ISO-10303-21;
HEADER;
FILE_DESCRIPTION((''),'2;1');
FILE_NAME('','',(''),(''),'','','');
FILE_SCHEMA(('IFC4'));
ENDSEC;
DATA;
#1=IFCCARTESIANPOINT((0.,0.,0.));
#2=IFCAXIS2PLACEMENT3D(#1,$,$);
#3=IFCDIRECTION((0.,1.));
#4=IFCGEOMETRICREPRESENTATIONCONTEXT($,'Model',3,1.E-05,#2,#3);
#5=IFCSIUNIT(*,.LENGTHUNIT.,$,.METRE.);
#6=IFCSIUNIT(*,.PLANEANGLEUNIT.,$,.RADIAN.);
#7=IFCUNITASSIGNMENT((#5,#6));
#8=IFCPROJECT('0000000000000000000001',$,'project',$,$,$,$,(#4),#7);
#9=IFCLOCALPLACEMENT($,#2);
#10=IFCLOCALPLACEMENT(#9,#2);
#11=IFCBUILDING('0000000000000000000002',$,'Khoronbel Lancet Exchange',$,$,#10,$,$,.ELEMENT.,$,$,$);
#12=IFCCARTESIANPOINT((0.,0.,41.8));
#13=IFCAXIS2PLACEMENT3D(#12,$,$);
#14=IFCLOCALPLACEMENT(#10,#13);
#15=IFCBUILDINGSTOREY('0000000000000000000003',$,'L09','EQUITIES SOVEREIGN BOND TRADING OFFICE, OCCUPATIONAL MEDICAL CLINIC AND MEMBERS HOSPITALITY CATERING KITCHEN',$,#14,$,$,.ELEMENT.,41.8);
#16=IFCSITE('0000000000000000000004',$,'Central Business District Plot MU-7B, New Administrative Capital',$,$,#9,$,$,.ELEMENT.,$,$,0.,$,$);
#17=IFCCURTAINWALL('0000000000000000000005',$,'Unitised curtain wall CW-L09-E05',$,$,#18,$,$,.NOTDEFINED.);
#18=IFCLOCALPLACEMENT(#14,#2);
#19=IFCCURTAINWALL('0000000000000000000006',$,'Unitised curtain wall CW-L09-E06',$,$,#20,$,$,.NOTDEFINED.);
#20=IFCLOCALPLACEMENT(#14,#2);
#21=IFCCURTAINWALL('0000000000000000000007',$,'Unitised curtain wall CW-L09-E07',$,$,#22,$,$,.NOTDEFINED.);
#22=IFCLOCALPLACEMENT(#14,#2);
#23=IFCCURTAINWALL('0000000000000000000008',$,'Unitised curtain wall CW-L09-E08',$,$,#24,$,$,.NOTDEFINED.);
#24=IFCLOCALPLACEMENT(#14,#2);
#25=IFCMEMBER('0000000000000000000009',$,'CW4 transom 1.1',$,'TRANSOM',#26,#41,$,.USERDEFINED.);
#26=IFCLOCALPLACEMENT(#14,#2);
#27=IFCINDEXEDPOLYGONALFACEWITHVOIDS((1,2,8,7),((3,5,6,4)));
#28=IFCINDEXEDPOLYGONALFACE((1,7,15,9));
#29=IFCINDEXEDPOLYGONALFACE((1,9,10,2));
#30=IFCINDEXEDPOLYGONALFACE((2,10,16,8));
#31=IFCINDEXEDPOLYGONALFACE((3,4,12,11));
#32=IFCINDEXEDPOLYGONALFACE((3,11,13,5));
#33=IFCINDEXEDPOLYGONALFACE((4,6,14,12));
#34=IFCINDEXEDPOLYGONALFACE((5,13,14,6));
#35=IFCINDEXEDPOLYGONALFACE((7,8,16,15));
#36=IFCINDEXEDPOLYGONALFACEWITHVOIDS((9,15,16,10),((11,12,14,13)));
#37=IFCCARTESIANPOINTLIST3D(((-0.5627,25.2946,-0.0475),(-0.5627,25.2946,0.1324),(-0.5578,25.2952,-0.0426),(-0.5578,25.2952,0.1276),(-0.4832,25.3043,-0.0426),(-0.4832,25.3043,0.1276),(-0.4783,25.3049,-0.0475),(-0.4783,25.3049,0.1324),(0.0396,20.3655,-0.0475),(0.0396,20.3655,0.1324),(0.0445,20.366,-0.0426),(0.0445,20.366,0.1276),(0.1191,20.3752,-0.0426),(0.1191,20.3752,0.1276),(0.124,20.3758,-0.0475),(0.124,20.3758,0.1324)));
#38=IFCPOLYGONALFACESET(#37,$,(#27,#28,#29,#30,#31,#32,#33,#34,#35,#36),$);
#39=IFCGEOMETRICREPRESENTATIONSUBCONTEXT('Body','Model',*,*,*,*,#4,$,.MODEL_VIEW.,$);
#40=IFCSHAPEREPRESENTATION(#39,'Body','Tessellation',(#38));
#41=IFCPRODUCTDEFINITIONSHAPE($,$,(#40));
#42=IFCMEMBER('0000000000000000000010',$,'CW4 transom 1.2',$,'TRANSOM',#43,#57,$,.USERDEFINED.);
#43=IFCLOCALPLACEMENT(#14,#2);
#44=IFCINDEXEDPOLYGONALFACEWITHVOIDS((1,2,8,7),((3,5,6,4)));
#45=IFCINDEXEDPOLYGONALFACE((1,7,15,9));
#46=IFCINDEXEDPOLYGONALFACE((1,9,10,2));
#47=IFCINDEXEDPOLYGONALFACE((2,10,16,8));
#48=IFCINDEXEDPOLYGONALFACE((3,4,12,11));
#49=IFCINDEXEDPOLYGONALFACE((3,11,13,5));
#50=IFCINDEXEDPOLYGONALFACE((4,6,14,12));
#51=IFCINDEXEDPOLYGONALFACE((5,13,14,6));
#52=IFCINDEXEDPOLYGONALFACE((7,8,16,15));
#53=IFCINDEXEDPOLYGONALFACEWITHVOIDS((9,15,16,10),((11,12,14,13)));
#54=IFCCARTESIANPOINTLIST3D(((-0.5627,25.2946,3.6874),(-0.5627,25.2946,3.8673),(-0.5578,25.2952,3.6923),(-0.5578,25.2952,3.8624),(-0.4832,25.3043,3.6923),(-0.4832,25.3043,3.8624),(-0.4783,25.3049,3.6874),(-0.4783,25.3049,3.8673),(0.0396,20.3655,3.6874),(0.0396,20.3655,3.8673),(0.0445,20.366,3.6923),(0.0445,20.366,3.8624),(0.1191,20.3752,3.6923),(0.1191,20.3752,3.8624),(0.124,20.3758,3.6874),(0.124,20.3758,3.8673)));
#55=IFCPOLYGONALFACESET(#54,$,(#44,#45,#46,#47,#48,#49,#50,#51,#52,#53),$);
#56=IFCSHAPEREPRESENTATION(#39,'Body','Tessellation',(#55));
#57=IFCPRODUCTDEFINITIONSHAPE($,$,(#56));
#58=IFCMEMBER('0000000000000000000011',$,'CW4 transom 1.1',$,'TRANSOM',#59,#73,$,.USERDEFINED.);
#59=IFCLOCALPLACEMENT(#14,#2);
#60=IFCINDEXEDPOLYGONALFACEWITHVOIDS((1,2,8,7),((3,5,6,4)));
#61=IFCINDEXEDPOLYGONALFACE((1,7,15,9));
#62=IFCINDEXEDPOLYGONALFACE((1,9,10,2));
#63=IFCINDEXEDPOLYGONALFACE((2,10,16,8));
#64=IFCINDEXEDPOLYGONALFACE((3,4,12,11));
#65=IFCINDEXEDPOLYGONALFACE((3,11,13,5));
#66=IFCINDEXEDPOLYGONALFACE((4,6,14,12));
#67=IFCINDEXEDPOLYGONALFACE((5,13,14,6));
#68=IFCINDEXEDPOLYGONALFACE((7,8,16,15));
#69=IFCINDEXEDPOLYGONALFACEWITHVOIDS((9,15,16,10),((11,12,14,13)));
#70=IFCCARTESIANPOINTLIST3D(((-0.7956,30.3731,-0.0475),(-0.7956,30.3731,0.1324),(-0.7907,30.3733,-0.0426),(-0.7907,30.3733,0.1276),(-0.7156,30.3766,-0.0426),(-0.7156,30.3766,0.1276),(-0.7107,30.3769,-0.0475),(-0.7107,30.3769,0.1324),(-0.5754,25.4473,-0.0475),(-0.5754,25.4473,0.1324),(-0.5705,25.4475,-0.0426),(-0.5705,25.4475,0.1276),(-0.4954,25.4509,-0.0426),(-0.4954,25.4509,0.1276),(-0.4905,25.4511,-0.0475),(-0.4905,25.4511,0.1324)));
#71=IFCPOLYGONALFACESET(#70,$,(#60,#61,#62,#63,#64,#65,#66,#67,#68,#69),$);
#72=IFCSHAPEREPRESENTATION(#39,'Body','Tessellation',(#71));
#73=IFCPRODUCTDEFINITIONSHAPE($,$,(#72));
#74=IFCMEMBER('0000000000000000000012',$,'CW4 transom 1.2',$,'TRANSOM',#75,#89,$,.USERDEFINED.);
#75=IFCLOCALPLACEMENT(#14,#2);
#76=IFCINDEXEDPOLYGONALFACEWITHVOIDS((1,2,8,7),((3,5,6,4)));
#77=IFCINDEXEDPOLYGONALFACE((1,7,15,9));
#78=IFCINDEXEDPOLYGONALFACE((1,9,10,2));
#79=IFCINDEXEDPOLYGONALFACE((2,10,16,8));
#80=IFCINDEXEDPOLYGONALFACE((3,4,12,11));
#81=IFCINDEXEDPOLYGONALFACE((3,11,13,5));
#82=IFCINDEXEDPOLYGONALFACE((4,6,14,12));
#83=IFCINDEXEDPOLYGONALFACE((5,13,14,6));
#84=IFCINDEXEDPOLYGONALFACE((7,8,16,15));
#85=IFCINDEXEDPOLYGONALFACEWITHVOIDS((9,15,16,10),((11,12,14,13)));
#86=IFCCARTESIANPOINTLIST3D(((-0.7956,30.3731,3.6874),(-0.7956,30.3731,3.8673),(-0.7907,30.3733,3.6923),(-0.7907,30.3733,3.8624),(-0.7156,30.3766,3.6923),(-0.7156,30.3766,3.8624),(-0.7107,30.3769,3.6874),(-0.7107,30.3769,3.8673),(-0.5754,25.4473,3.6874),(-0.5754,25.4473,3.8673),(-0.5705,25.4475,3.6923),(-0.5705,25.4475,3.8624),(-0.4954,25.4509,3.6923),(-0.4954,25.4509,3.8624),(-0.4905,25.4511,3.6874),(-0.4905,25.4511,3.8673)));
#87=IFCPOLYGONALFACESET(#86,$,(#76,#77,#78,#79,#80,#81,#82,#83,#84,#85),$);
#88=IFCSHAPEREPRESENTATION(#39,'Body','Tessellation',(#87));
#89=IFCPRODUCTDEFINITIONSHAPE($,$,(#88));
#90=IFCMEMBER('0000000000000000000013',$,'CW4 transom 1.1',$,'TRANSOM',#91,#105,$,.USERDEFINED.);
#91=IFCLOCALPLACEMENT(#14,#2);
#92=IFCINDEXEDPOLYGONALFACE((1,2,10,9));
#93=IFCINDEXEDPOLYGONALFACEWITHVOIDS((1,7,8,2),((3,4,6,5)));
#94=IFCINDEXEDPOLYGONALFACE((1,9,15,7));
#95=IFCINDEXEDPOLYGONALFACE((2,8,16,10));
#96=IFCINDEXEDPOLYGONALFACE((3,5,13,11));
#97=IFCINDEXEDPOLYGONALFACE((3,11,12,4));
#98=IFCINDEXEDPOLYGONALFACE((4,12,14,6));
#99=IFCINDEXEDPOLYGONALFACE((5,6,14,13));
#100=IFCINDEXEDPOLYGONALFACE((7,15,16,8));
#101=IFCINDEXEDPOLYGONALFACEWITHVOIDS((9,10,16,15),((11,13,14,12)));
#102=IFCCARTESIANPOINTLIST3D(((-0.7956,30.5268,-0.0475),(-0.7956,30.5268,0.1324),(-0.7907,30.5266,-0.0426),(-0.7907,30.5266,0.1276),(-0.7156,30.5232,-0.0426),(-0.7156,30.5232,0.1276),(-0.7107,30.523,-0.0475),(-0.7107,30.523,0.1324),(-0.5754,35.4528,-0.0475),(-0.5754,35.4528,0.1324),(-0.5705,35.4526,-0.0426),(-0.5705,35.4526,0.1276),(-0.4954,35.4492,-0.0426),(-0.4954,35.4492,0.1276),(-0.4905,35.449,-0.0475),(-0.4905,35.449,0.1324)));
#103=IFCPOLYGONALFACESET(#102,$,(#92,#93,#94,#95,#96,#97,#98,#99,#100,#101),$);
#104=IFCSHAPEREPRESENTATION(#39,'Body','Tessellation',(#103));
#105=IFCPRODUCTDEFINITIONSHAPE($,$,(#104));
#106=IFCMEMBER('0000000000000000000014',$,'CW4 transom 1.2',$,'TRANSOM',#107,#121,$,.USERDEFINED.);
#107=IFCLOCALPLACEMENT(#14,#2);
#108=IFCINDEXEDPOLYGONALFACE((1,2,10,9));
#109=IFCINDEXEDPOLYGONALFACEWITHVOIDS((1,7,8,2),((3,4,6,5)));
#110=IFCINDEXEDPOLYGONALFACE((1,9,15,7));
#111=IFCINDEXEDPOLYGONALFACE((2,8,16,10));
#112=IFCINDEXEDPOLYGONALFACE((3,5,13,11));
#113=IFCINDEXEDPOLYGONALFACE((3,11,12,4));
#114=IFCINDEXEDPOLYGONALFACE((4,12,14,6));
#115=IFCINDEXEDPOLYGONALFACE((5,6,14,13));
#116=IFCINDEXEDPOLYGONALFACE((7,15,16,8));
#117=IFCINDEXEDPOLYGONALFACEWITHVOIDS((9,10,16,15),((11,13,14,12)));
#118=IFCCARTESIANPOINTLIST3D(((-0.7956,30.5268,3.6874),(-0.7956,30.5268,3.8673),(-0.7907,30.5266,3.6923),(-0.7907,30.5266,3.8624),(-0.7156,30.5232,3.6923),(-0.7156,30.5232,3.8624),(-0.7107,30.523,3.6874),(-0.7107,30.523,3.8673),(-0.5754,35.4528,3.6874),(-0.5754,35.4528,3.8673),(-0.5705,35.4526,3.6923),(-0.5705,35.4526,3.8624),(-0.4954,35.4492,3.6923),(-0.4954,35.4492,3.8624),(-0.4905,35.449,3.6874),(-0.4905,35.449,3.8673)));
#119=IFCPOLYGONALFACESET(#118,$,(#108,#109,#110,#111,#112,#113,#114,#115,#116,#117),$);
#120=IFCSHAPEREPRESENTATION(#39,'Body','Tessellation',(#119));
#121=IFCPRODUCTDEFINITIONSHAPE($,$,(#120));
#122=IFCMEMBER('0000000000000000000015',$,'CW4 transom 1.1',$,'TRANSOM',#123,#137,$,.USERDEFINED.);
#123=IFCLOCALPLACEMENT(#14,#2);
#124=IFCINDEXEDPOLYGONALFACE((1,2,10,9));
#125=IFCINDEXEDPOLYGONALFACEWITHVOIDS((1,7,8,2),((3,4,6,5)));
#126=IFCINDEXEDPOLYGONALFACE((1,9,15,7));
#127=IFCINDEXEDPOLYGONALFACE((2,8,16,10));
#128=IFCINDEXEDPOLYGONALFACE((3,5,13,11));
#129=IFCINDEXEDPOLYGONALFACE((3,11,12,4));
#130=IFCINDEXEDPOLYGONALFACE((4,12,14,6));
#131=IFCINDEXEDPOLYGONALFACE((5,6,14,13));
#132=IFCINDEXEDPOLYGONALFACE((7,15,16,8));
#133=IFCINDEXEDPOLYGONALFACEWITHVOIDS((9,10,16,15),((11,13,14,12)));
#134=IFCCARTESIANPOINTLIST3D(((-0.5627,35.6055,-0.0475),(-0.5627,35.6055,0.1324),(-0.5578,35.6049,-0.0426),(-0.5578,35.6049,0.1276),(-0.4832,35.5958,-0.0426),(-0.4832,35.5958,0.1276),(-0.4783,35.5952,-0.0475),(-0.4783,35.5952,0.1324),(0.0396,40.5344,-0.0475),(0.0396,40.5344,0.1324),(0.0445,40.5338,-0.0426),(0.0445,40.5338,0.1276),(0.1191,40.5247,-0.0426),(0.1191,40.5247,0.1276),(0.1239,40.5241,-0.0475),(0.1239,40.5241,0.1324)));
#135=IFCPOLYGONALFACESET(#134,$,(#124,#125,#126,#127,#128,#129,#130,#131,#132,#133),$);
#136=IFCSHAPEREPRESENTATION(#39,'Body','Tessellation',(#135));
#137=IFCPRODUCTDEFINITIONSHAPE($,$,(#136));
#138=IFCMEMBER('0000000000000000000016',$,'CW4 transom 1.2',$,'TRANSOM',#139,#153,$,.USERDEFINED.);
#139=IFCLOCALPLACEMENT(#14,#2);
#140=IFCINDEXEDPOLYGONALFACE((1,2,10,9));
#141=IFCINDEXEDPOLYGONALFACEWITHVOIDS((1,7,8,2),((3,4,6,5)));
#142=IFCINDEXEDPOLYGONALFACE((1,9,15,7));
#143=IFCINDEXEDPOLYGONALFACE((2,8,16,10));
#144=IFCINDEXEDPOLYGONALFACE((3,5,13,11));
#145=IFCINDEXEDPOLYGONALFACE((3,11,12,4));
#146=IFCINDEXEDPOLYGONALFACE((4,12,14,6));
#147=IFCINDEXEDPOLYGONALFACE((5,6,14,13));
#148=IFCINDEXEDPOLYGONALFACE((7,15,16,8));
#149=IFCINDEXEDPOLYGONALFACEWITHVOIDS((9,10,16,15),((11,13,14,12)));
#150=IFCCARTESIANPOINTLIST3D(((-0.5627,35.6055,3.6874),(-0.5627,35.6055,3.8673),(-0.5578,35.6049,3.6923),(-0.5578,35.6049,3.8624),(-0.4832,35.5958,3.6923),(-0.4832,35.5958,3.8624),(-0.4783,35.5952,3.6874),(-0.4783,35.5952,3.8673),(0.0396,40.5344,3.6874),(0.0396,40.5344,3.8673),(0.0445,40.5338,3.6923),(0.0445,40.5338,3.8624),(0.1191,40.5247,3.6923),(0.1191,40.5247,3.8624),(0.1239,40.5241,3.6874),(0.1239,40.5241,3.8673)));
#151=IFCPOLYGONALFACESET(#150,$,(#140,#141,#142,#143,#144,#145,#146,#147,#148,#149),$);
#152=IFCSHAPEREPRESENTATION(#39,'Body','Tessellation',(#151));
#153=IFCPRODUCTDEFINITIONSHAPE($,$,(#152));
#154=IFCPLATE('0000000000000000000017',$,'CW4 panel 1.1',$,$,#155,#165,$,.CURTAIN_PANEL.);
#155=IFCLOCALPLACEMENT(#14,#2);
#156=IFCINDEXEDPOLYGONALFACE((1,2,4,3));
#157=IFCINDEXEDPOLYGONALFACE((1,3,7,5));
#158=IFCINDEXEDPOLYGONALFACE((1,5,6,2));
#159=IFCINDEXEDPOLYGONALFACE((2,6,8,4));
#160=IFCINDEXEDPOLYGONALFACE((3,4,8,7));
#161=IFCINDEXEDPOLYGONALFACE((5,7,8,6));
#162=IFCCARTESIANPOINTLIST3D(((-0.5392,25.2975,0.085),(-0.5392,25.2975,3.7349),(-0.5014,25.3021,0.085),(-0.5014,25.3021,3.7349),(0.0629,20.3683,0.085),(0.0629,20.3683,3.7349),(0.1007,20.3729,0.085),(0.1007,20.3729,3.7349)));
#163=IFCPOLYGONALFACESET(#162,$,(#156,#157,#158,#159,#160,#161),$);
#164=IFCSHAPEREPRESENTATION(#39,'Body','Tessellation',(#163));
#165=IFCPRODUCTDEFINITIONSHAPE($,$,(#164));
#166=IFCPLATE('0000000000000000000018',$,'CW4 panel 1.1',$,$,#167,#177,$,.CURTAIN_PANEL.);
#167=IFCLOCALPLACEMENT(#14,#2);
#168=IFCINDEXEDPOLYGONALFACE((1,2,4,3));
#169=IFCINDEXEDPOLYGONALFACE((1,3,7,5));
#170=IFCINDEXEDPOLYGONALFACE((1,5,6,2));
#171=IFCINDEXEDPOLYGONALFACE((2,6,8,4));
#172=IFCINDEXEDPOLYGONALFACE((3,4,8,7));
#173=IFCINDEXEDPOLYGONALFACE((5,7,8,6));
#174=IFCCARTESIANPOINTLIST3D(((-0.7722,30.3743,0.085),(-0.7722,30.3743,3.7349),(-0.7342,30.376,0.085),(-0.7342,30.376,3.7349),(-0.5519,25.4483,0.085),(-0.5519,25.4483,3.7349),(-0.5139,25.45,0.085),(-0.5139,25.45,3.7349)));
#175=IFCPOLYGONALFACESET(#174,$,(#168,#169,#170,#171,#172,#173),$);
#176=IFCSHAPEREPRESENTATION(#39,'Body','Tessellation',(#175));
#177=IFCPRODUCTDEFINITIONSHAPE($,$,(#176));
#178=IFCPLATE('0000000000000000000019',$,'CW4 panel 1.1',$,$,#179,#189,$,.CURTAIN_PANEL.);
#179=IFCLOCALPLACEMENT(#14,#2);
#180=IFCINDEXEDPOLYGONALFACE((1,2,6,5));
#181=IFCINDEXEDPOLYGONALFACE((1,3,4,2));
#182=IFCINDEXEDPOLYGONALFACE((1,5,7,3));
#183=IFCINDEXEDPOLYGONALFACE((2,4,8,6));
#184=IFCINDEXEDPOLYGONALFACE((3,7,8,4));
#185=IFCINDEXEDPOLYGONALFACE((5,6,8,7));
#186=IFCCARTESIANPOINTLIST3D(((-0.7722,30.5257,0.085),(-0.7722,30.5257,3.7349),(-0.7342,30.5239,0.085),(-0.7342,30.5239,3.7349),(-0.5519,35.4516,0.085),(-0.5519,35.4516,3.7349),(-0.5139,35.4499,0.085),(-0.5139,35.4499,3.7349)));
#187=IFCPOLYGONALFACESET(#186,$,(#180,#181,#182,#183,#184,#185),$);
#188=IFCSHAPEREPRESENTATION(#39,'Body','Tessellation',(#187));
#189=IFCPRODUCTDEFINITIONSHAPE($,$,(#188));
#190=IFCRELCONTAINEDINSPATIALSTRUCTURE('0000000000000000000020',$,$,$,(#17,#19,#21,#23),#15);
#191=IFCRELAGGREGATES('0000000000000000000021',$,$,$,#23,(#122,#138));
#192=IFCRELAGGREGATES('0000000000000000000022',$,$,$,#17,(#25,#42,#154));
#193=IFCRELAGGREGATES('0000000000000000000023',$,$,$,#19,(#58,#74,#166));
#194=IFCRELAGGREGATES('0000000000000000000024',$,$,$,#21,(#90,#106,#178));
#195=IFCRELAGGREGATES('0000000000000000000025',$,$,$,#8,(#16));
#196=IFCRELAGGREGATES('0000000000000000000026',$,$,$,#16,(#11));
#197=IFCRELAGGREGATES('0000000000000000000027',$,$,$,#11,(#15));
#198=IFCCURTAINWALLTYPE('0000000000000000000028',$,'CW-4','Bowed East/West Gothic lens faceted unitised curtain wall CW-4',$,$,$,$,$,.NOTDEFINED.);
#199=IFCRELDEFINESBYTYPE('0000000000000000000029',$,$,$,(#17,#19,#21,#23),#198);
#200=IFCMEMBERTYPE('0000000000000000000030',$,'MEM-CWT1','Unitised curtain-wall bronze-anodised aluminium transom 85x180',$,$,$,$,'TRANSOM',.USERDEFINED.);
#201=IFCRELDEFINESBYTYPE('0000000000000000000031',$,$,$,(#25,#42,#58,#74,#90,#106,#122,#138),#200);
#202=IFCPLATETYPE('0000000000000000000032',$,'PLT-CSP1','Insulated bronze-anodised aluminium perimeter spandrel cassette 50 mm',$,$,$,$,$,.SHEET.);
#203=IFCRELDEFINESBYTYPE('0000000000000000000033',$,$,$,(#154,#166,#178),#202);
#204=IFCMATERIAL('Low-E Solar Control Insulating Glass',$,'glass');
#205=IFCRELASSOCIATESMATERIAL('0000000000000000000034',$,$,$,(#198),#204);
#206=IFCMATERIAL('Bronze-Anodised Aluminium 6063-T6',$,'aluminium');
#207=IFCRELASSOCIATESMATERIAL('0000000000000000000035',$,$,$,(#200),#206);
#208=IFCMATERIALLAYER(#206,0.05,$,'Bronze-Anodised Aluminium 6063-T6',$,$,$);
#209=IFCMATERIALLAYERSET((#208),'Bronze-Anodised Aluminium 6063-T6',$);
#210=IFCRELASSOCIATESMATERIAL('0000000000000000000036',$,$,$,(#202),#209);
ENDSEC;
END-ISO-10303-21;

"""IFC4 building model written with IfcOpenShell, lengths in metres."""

from ifc_helpers import new_model, si_unit, direction, frame, origin, origin_2d, place, context, subcontext, project, spatial, rectangle, hollow_rectangle, extrude, material, layer, layer_set, material_profile, profile_set, type_object, element, aggregate, save


model = new_model("IFC4")

# Units and contexts
model_context = context("Model", 3, precision=1e-05, world=origin(), true_north=direction((0.0, 1.0)))
body_context = subcontext(model_context, "Body", "Model", "MODEL_VIEW")
ifc_project = project(units=[si_unit("LENGTHUNIT", "METRE"), si_unit("PLANEANGLEUNIT", "RADIAN")], contexts=[model_context])

# Site, building, storey
site_placement = place(None, origin())
site = spatial("IfcSite", under=ifc_project, at=site_placement, Name="Central Business District Plot MU-7B, New Administrative Capital", CompositionType="ELEMENT", RefElevation=0.0)
building_placement = place(site_placement, origin())
building = spatial("IfcBuilding", under=site, at=building_placement, Name="Khoronbel Lancet Exchange", CompositionType="ELEMENT")
storey_placement = place(building_placement, frame((0.0, 0.0, 41.8)))
storey = spatial("IfcBuildingStorey", under=building, at=storey_placement, Name="L09", Description="EQUITIES SOVEREIGN BOND TRADING OFFICE, OCCUPATIONAL MEDICAL CLINIC AND MEMBERS HOSPITALITY CATERING KITCHEN", CompositionType="ELEMENT", Elevation=41.8)

# Curtain walls
ifc_material_1 = material(Name="Low-E Solar Control Insulating Glass", Category="glass")
curtain_wall_type = type_object("IfcCurtainWallType", Name="CW-4", Description="Bowed East/West Gothic lens faceted unitised curtain wall CW-4", PredefinedType="NOTDEFINED", material=ifc_material_1)
ifc_material_2 = material(Name="Bronze-Anodised Aluminium 6063-T6", Category="aluminium")
curtain_wall_1_placement = place(storey_placement, origin())
curtain_wall_1 = element("IfcCurtainWall", 1, at=curtain_wall_1_placement, inside=storey, type_object=curtain_wall_type, Name="Unitised curtain wall CW-L09-E05", PredefinedType="NOTDEFINED")
curtain_wall_2_placement = place(storey_placement, origin())
curtain_wall_2 = element("IfcCurtainWall", 2, at=curtain_wall_2_placement, inside=storey, type_object=curtain_wall_type, Name="Unitised curtain wall CW-L09-E06", PredefinedType="NOTDEFINED")
curtain_wall_3_placement = place(storey_placement, origin())
curtain_wall_3 = element("IfcCurtainWall", 3, at=curtain_wall_3_placement, inside=storey, type_object=curtain_wall_type, Name="Unitised curtain wall CW-L09-E07", PredefinedType="NOTDEFINED")

# Curtain wall
curtain_wall_4_placement = place(storey_placement, origin())
curtain_wall_4 = element("IfcCurtainWall", 4, at=curtain_wall_4_placement, inside=storey, type_object=curtain_wall_type, Name="Unitised curtain wall CW-L09-E08", PredefinedType="NOTDEFINED")

# Members
ifc_material_profile_1 = material_profile(ifc_material_2, hollow_rectangle(XDim=0.085, YDim=0.1799, WallThickness=0.0049, at=origin_2d()), Name="ALU TRANSOM 85x180")
ifc_profile_set_1 = profile_set([ifc_material_profile_1], Name="Bronze-Anodised Aluminium 6063-T6")
member_type_1 = type_object("IfcMemberType", Name="MEM-CWT1", Description="Unitised curtain-wall bronze-anodised aluminium transom 85x180", ElementType="TRANSOM", PredefinedType="USERDEFINED", material=ifc_profile_set_1)
member_1_placement = place(storey_placement, frame((0.0818, 20.3706, 0.0425), z_axis=(-0.121287, 0.992617, 0.0), x_axis=(-0.992617, -0.121287, 0.0)))
member_1 = element("IfcMember", 5, at=member_1_placement, type_object=member_type_1, Name="CW4 transom 1.1", ObjectType="TRANSOM", PredefinedType="USERDEFINED", context=body_context, shape_type="SweptSolid", body=[
    extrude(hollow_rectangle(XDim=0.085, YDim=0.1799, WallThickness=0.0049, at=origin_2d()), origin(), (0.0, 0.0, 1.0), 4.9658),
])
member_2_placement = place(storey_placement, frame((0.0818, 20.3706, 3.7773), z_axis=(-0.121287, 0.992617, 0.0), x_axis=(-0.992617, -0.121287, 0.0)))
member_2 = element("IfcMember", 6, at=member_2_placement, type_object=member_type_1, Name="CW4 transom 1.2", ObjectType="TRANSOM", PredefinedType="USERDEFINED", context=body_context, shape_type="SweptSolid", body=[
    extrude(hollow_rectangle(XDim=0.085, YDim=0.1799, WallThickness=0.0049, at=origin_2d()), origin(), (0.0, 0.0, 1.0), 4.9658),
])
member_3_placement = place(storey_placement, frame((-0.533, 25.4492, 0.0425), z_axis=(-0.044662, 0.999002, 0.0), x_axis=(-0.999002, -0.044662, 0.0)))
member_3 = element("IfcMember", 7, at=member_3_placement, type_object=member_type_1, Name="CW4 transom 1.1", ObjectType="TRANSOM", PredefinedType="USERDEFINED", context=body_context, shape_type="SweptSolid", body=[
    extrude(hollow_rectangle(XDim=0.085, YDim=0.1799, WallThickness=0.0049, at=origin_2d()), origin(), (0.0, 0.0, 1.0), 4.9307),
])
member_4_placement = place(storey_placement, frame((-0.533, 25.4492, 3.7773), z_axis=(-0.044662, 0.999002, 0.0), x_axis=(-0.999002, -0.044662, 0.0)))
member_4 = element("IfcMember", 8, at=member_4_placement, type_object=member_type_1, Name="CW4 transom 1.2", ObjectType="TRANSOM", PredefinedType="USERDEFINED", context=body_context, shape_type="SweptSolid", body=[
    extrude(hollow_rectangle(XDim=0.085, YDim=0.1799, WallThickness=0.0049, at=origin_2d()), origin(), (0.0, 0.0, 1.0), 4.9307),
])
member_5_placement = place(storey_placement, frame((-0.7532, 30.5249, 0.0425), z_axis=(0.04466, 0.999002, 0.0), x_axis=(-0.999002, 0.04466, 0.0)))
member_5 = element("IfcMember", 9, at=member_5_placement, type_object=member_type_1, Name="CW4 transom 1.1", ObjectType="TRANSOM", PredefinedType="USERDEFINED", context=body_context, shape_type="SweptSolid", body=[
    extrude(hollow_rectangle(XDim=0.085, YDim=0.1799, WallThickness=0.0049, at=origin_2d()), origin(), (0.0, 0.0, 1.0), 4.9309),
])
member_6_placement = place(storey_placement, frame((-0.7532, 30.5249, 3.7773), z_axis=(0.04466, 0.999002, 0.0), x_axis=(-0.999002, 0.04466, 0.0)))
member_6 = element("IfcMember", 10, at=member_6_placement, type_object=member_type_1, Name="CW4 transom 1.2", ObjectType="TRANSOM", PredefinedType="USERDEFINED", context=body_context, shape_type="SweptSolid", body=[
    extrude(hollow_rectangle(XDim=0.085, YDim=0.1799, WallThickness=0.0049, at=origin_2d()), origin(), (0.0, 0.0, 1.0), 4.9309),
])
member_7_placement = place(storey_placement, frame((-0.5205, 35.6003, 0.0425), z_axis=(0.121293, 0.992617, 0.0), x_axis=(-0.992617, 0.121293, 0.0)))
member_7 = element("IfcMember", 11, at=member_7_placement, type_object=member_type_1, Name="CW4 transom 1.1", ObjectType="TRANSOM", PredefinedType="USERDEFINED", context=body_context, shape_type="SweptSolid", body=[
    extrude(hollow_rectangle(XDim=0.085, YDim=0.1799, WallThickness=0.0049, at=origin_2d()), origin(), (0.0, 0.0, 1.0), 4.9656),
])
member_8_placement = place(storey_placement, frame((-0.5205, 35.6003, 3.7773), z_axis=(0.121293, 0.992617, 0.0), x_axis=(-0.992617, 0.121293, 0.0)))
member_8 = element("IfcMember", 12, at=member_8_placement, type_object=member_type_1, Name="CW4 transom 1.2", ObjectType="TRANSOM", PredefinedType="USERDEFINED", context=body_context, shape_type="SweptSolid", body=[
    extrude(hollow_rectangle(XDim=0.085, YDim=0.1799, WallThickness=0.0049, at=origin_2d()), origin(), (0.0, 0.0, 1.0), 4.9656),
])
aggregate(curtain_wall_4, [member_7, member_8])

# Plates
ifc_layer_1 = layer(ifc_material_2, 0.05, Name="Bronze-Anodised Aluminium 6063-T6")
ifc_layer_set_1 = layer_set([ifc_layer_1], Name="Bronze-Anodised Aluminium 6063-T6")
plate_type_1 = type_object("IfcPlateType", Name="PLT-CSP1", Description="Insulated bronze-anodised aluminium perimeter spandrel cassette 50 mm", PredefinedType="SHEET", material=ifc_layer_set_1)
plate_1_placement = place(storey_placement, frame((-0.2192, 22.8352, 0.085), z_axis=(0.0, 0.0, 1.0), x_axis=(-0.121253, 0.992622, 0.0)))
plate_1 = element("IfcPlate", 13, at=plate_1_placement, type_object=plate_type_1, Name="CW4 panel 1.1", PredefinedType="CURTAIN_PANEL", context=body_context, shape_type="SweptSolid", body=[
    extrude(rectangle(XDim=4.9658, YDim=0.0381, at=origin_2d()), origin(), (0.0, 0.0, 1.0), 3.6499),
])
aggregate(curtain_wall_1, [member_1, member_2, plate_1])
plate_2_placement = place(storey_placement, frame((-0.6431, 27.9121, 0.085), z_axis=(0.0, 0.0, 1.0), x_axis=(-0.044677, 0.999001, 0.0)))
plate_2 = element("IfcPlate", 14, at=plate_2_placement, type_object=plate_type_1, Name="CW4 panel 1.1", PredefinedType="CURTAIN_PANEL", context=body_context, shape_type="SweptSolid", body=[
    extrude(rectangle(XDim=4.9309, YDim=0.0381, at=origin_2d()), origin(), (0.0, 0.0, 1.0), 3.6499),
])
aggregate(curtain_wall_2, [member_3, member_4, plate_2])
plate_3_placement = place(storey_placement, frame((-0.6431, 32.9878, 0.085), z_axis=(0.0, 0.0, 1.0), x_axis=(0.044677, 0.999001, 0.0)))
plate_3 = element("IfcPlate", 15, at=plate_3_placement, type_object=plate_type_1, Name="CW4 panel 1.1", PredefinedType="CURTAIN_PANEL", context=body_context, shape_type="SweptSolid", body=[
    extrude(rectangle(XDim=4.9309, YDim=0.0381, at=origin_2d()), origin(), (0.0, 0.0, 1.0), 3.6499),
])
aggregate(curtain_wall_3, [member_5, member_6, plate_3])

save(model, "model.ifc")
